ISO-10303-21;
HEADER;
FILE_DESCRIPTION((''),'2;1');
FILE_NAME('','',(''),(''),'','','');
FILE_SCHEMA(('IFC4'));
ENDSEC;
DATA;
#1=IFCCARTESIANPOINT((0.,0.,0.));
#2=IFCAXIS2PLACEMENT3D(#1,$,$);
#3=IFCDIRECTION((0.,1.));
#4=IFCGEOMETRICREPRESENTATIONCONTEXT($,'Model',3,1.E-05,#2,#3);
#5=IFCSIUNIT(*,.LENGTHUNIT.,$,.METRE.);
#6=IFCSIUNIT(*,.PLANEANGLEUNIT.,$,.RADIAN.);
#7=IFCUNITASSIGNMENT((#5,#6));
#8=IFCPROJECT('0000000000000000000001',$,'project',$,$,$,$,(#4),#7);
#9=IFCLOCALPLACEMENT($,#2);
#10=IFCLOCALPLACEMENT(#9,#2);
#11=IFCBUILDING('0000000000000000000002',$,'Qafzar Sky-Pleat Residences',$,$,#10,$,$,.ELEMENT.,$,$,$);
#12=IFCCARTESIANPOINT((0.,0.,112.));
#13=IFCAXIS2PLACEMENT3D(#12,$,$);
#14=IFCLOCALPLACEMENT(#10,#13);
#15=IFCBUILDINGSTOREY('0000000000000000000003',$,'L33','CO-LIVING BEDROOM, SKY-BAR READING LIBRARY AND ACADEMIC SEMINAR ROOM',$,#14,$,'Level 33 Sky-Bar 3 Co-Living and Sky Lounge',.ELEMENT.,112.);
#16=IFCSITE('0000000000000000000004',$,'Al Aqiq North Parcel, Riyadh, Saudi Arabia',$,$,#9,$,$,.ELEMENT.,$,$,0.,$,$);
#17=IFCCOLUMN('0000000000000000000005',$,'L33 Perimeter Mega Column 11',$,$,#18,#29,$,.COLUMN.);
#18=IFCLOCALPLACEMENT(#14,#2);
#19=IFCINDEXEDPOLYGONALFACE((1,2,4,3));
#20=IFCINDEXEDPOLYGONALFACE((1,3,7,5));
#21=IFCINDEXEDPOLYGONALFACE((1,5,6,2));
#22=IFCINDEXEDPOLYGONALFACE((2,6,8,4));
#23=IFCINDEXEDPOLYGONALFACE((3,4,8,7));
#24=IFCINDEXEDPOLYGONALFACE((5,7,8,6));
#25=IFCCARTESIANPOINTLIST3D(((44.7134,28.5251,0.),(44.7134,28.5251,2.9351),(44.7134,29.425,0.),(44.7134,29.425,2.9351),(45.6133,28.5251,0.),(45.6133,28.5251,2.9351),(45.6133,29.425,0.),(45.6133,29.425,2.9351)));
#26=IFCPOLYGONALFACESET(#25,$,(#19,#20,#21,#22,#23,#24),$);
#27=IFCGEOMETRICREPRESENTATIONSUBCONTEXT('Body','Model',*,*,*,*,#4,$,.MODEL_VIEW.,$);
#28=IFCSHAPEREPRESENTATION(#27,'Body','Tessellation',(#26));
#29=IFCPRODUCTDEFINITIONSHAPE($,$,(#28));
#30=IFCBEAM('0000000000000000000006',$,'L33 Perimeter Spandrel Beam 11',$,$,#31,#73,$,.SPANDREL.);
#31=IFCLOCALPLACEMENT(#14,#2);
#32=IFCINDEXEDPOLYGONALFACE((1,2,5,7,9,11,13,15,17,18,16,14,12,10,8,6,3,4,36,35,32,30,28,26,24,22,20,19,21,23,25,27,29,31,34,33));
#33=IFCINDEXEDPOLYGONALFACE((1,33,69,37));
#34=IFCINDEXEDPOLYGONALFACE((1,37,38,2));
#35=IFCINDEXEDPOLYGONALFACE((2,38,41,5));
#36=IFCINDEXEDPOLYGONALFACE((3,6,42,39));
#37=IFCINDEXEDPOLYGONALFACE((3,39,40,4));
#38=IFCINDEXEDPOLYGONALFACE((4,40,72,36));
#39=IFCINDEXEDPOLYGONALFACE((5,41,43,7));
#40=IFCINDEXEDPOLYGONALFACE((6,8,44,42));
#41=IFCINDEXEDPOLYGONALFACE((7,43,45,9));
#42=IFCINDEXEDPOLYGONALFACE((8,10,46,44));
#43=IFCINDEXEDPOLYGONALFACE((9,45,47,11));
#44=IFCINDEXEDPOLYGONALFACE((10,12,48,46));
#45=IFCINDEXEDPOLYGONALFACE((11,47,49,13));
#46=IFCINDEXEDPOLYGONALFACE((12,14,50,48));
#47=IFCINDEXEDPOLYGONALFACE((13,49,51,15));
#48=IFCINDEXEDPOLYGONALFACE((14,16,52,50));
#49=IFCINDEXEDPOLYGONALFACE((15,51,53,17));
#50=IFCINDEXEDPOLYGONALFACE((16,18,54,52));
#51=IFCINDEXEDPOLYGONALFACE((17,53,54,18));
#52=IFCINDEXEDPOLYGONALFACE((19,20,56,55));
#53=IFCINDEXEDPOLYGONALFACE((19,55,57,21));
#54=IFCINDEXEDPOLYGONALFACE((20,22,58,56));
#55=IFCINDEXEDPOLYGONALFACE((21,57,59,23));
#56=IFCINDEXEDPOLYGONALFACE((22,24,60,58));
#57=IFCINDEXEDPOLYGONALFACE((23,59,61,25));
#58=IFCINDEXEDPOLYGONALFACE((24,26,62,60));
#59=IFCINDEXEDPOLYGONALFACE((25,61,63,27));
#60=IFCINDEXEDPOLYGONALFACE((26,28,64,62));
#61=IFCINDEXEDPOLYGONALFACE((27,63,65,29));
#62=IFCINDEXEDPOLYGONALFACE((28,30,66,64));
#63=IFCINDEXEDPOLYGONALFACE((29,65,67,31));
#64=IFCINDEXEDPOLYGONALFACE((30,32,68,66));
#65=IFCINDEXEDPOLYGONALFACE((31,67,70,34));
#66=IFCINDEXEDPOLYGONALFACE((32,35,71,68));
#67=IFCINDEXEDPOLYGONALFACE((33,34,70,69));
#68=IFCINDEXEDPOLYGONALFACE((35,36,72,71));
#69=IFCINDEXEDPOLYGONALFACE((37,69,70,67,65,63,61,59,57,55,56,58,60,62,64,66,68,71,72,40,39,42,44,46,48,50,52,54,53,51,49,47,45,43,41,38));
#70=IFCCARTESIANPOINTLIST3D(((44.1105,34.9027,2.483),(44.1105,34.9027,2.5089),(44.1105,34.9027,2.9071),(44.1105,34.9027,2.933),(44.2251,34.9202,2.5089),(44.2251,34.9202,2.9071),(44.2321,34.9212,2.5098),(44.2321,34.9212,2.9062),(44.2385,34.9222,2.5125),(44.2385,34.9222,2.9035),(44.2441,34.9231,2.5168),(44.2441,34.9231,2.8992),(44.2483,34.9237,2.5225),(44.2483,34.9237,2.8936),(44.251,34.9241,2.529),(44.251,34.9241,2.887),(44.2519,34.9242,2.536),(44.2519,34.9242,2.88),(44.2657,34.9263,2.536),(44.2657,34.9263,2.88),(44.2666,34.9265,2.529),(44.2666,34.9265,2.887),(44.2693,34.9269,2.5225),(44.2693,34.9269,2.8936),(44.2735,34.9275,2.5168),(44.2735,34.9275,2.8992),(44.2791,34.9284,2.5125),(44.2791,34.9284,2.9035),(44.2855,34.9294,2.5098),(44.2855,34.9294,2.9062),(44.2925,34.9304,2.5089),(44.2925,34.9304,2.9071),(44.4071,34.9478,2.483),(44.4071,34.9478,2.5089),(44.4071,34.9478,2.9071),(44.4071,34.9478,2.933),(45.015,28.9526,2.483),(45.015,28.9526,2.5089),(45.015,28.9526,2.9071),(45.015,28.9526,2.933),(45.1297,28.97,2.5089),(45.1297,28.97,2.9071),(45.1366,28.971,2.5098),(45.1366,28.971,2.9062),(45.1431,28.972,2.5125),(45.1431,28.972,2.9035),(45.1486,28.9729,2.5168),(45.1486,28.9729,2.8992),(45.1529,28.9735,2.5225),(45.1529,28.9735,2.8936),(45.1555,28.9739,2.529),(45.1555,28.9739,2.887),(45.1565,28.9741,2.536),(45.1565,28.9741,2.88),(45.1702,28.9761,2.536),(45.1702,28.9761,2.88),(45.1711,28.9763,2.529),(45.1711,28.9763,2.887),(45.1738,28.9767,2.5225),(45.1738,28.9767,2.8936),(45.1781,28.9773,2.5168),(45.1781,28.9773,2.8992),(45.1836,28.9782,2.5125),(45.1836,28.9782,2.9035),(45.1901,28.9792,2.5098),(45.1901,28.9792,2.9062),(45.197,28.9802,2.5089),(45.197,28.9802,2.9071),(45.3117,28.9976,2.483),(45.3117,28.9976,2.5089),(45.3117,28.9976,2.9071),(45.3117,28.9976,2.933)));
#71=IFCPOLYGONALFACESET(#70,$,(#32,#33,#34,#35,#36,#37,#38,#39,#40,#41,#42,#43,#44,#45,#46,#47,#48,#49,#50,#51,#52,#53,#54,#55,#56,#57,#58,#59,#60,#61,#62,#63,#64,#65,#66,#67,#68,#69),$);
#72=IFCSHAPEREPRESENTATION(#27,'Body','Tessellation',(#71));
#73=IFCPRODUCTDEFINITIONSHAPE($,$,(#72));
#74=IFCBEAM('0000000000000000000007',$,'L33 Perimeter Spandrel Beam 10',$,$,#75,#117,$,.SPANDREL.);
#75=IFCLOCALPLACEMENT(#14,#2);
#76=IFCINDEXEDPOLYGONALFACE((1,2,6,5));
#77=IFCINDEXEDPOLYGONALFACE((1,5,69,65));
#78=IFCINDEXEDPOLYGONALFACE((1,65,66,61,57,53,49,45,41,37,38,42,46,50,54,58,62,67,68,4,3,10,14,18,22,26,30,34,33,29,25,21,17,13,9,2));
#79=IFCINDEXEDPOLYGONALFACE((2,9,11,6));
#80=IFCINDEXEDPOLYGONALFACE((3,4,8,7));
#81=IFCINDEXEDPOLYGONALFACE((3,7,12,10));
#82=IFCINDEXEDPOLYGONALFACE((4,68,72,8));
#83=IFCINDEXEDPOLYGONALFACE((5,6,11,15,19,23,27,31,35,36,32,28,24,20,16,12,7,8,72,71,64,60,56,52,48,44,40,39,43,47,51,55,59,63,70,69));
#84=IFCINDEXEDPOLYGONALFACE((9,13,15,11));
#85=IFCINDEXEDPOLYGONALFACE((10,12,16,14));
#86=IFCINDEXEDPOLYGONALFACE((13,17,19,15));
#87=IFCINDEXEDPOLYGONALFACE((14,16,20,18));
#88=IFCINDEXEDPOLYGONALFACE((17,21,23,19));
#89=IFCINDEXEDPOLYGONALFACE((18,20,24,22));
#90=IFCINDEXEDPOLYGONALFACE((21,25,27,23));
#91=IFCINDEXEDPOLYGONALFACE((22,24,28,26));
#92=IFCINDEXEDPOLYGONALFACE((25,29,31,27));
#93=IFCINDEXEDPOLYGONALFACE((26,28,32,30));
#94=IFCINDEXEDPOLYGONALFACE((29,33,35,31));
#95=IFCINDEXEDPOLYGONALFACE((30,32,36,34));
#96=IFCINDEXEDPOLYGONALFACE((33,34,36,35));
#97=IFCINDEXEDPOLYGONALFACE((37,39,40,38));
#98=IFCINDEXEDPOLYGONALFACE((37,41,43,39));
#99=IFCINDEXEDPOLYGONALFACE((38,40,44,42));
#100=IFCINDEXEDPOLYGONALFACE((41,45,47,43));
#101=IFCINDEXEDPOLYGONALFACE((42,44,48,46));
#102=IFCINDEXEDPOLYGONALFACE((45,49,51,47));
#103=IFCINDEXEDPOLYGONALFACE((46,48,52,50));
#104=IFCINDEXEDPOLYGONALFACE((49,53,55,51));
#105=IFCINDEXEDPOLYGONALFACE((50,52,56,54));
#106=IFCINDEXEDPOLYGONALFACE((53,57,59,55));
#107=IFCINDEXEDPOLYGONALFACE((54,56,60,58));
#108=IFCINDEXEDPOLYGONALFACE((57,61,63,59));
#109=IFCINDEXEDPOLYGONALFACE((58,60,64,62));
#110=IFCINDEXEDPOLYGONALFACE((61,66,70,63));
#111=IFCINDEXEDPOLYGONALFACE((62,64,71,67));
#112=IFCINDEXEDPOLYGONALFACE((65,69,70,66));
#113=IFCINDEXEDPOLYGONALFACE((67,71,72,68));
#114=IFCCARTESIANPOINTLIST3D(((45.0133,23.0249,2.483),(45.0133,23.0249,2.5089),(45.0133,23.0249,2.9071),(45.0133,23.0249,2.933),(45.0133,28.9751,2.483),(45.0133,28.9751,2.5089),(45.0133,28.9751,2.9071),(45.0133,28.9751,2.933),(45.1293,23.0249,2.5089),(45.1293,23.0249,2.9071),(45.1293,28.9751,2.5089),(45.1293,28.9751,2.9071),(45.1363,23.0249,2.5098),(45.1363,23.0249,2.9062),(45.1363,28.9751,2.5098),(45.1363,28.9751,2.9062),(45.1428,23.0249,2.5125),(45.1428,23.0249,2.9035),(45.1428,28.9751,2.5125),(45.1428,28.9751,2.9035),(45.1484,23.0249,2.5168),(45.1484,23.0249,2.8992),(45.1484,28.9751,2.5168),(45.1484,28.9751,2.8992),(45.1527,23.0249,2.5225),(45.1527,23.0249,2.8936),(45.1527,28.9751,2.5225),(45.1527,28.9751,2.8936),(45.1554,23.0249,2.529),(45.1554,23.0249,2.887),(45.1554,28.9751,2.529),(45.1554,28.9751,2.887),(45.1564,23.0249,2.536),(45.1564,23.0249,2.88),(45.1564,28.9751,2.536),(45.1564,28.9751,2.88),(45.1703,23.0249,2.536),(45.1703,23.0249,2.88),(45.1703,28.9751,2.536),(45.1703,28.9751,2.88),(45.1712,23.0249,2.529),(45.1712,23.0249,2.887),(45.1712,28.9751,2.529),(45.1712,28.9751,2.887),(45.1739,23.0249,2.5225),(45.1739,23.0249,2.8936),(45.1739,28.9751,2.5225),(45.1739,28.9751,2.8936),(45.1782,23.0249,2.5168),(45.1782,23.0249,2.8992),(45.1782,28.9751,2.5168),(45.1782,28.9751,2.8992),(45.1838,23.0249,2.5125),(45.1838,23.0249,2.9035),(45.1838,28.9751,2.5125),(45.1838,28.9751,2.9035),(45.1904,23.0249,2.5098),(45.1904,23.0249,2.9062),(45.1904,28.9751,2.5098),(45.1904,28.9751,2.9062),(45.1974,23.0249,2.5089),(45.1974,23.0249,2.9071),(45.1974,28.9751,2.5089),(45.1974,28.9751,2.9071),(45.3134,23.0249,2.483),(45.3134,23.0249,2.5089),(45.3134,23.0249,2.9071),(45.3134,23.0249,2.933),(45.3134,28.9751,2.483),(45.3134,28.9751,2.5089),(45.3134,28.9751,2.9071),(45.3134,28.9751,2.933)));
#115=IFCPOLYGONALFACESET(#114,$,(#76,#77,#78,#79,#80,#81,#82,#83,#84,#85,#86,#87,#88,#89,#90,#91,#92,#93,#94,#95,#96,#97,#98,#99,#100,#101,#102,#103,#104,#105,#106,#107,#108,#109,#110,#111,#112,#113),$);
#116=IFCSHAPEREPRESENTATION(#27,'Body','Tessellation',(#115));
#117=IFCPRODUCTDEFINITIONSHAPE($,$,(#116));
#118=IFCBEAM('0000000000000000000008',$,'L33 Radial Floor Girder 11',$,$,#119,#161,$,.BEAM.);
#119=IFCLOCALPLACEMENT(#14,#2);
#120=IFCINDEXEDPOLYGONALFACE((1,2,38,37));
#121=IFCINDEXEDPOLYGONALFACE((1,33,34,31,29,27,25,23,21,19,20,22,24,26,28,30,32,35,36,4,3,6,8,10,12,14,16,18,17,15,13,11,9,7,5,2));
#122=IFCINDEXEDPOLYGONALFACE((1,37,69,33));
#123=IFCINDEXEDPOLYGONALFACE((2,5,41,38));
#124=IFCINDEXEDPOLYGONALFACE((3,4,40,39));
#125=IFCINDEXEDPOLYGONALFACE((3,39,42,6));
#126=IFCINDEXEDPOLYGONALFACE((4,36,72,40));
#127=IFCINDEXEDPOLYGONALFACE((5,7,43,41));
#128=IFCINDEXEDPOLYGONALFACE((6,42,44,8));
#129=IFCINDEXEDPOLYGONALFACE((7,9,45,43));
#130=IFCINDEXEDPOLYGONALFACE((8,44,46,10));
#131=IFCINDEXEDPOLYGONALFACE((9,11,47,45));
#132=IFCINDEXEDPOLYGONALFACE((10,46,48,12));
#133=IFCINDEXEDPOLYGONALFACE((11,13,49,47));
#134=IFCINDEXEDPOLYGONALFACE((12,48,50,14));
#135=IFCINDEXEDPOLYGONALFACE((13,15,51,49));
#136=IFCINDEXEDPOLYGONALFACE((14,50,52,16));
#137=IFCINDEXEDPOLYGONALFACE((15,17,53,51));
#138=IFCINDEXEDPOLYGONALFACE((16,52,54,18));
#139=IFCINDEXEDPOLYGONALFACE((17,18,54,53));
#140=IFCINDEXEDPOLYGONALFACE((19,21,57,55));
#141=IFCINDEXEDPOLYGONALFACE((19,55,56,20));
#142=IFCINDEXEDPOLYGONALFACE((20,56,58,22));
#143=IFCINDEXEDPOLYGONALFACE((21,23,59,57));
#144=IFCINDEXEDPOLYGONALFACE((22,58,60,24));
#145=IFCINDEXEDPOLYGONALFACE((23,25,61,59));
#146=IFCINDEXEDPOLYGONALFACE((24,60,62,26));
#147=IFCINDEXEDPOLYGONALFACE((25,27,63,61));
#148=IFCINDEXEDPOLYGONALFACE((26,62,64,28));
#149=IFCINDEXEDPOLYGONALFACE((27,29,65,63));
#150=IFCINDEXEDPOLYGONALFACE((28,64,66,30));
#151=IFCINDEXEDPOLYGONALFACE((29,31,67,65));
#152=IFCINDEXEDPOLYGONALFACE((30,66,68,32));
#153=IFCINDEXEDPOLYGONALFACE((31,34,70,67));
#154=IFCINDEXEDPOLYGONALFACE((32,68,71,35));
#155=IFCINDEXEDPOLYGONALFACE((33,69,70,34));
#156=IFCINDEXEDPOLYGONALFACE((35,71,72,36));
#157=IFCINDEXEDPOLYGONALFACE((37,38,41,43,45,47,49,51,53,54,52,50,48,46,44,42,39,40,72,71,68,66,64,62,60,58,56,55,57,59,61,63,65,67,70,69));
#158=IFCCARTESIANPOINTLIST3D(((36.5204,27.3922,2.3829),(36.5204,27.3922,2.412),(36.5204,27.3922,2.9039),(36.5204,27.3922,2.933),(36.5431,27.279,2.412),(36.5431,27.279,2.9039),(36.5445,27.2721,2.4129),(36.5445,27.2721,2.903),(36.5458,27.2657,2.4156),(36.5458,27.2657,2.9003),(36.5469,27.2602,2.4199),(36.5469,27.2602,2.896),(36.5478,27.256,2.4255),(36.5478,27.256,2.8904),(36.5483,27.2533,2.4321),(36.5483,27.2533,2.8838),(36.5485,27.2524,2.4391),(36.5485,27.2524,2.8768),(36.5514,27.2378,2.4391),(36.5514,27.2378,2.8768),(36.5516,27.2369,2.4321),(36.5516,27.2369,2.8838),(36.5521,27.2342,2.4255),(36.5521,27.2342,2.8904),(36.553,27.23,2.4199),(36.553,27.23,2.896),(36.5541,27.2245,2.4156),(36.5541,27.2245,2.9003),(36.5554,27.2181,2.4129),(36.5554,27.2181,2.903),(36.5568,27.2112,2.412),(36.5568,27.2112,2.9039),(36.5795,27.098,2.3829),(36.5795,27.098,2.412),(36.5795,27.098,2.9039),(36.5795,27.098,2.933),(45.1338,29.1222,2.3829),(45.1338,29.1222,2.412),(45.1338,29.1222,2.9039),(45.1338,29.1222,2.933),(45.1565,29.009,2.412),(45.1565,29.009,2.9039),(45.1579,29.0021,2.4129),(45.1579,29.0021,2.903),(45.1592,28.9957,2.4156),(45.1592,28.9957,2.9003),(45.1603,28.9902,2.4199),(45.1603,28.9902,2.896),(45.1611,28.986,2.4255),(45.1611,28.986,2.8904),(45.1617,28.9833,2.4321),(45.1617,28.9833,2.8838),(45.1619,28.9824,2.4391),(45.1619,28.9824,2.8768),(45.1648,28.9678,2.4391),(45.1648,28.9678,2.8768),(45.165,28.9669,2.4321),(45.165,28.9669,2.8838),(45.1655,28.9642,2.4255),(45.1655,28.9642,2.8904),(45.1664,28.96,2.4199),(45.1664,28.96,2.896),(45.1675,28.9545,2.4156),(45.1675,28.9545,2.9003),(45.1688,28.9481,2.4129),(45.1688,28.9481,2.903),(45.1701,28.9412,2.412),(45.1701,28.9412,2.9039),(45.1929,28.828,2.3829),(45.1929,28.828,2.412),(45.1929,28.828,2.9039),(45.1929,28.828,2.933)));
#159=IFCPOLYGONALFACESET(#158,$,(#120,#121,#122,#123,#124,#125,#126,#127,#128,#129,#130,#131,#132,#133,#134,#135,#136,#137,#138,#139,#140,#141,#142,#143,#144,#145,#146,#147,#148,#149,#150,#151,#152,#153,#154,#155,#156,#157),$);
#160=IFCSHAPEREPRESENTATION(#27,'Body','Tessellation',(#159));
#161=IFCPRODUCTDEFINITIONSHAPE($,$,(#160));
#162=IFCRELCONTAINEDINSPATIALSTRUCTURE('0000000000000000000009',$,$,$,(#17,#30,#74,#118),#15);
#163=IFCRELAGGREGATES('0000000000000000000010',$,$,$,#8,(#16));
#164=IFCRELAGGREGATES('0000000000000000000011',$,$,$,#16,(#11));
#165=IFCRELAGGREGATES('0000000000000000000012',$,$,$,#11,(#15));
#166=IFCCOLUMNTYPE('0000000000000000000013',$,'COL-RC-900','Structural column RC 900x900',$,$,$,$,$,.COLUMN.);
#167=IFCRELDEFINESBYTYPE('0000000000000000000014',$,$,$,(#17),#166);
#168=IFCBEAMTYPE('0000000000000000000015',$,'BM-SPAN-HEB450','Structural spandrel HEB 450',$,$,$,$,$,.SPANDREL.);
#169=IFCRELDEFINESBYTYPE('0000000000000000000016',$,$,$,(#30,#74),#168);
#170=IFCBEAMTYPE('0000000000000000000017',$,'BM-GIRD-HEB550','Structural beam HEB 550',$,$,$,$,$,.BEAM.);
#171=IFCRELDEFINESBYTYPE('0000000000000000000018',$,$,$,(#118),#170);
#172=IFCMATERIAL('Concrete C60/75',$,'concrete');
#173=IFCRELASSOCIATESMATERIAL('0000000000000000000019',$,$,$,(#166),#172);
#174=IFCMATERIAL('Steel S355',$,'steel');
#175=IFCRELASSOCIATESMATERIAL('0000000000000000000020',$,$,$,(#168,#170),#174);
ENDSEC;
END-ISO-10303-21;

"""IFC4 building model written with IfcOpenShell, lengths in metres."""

from ifc_helpers import new_model, si_unit, direction, frame, origin, origin_2d, place, context, subcontext, project, spatial, rectangle, i_section, extrude, source, transform, mapped, material, material_profile, profile_set, type_object, element, save


model = new_model("IFC4")

# Units and contexts
model_context = context("Model", 3, precision=1e-05, world=origin(), true_north=direction((0.0, 1.0)))
body_context = subcontext(model_context, "Body", "Model", "MODEL_VIEW")
ifc_project = project(units=[si_unit("LENGTHUNIT", "METRE"), si_unit("PLANEANGLEUNIT", "RADIAN")], contexts=[model_context])

# Site, building, storey
site_placement = place(None, origin())
site = spatial("IfcSite", under=ifc_project, at=site_placement, Name="Al Aqiq North Parcel, Riyadh, Saudi Arabia", CompositionType="ELEMENT", RefElevation=0.0)
building_placement = place(site_placement, origin())
building = spatial("IfcBuilding", under=site, at=building_placement, Name="Qafzar Sky-Pleat Residences", CompositionType="ELEMENT")
storey_placement = place(building_placement, frame((0.0, 0.0, 112.0)))
storey = spatial("IfcBuildingStorey", under=building, at=storey_placement, Name="L33", Description="CO-LIVING BEDROOM, SKY-BAR READING LIBRARY AND ACADEMIC SEMINAR ROOM", LongName="Level 33 Sky-Bar 3 Co-Living and Sky Lounge", CompositionType="ELEMENT", Elevation=112.0)

# Column
ifc_material_1 = material(Name="Concrete C60/75", Category="concrete")
ifc_material_profile_1 = material_profile(ifc_material_1, rectangle(XDim=0.8999, YDim=0.8999, at=origin_2d()), Name="RC 900x900")
ifc_profile_set_1 = profile_set([ifc_material_profile_1], Name="Concrete C60/75")
column_type = type_object("IfcColumnType", Name="COL-RC-900", Description="Structural column RC 900x900", PredefinedType="COLUMN", material=ifc_profile_set_1)
shared_shape_1 = source(origin(), body_context, "Body", "SweptSolid", [
    extrude(rectangle(XDim=0.8999, YDim=0.8999, at=origin_2d()), origin(), (0.0, 0.0, 1.0), 2.9351),
])
column_placement = place(storey_placement, frame((45.1633, 28.9751, 0.0), z_axis=(0.0, 0.0, 1.0), x_axis=(1.0, 0.0, 0.0)))
element("IfcColumn", 1, at=column_placement, inside=storey, type_object=column_type, Name="L33 Perimeter Mega Column 11", PredefinedType="COLUMN", context=body_context, shape_type="MappedRepresentation", body=[
    mapped(shared_shape_1, transform((0.0, 0.0, 0.0), x_axis=(1.0, 0.0, 0.0), y_axis=(0.0, 1.0, 0.0), z_axis=(0.0, 0.0, 1.0), scale=1.0)),
])

# Beams
ifc_material_2 = material(Name="Steel S355", Category="steel")
ifc_material_profile_2 = material_profile(ifc_material_2, i_section(OverallWidth=0.3, OverallDepth=0.45, WebThickness=0.0139, FlangeThickness=0.0259, FilletRadius=0.0271, at=origin_2d()), Name="HEB 450")
ifc_profile_set_2 = profile_set([ifc_material_profile_2], Name="Steel S355")
beam_type_1 = type_object("IfcBeamType", Name="BM-SPAN-HEB450", Description="Structural spandrel HEB 450", PredefinedType="SPANDREL", material=ifc_profile_set_2)
shared_shape_2 = source(origin(), body_context, "Body", "SweptSolid", [
    extrude(i_section(OverallWidth=0.3, OverallDepth=0.45, WebThickness=0.0139, FlangeThickness=0.0259, FilletRadius=0.0271, at=origin_2d()), origin(), (0.0, 0.0, 1.0), 6.0186),
])
beam_1_placement = place(storey_placement, frame((45.1633, 28.9751, 2.708), z_axis=(-0.150292, 0.988642, 0.0), x_axis=(-0.988642, -0.150292, 0.0)))
element("IfcBeam", 2, at=beam_1_placement, inside=storey, type_object=beam_type_1, Name="L33 Perimeter Spandrel Beam 11", PredefinedType="SPANDREL", context=body_context, shape_type="MappedRepresentation", body=[
    mapped(shared_shape_2, transform((0.0, 0.0, 0.0), x_axis=(1.0, 0.0, 0.0), y_axis=(0.0, 1.0, 0.0), z_axis=(0.0, 0.0, 1.0), scale=1.0)),
])
shared_shape_3 = source(origin(), body_context, "Body", "SweptSolid", [
    extrude(i_section(OverallWidth=0.3, OverallDepth=0.45, WebThickness=0.0139, FlangeThickness=0.0259, FilletRadius=0.0271, at=origin_2d()), origin(), (0.0, 0.0, 1.0), 5.9502),
])
beam_2_placement = place(storey_placement, frame((45.1633, 23.0249, 2.708), z_axis=(0.0, 1.0, 0.0), x_axis=(-1.0, 0.0, 0.0)))
element("IfcBeam", 3, at=beam_2_placement, inside=storey, type_object=beam_type_1, Name="L33 Perimeter Spandrel Beam 10", PredefinedType="SPANDREL", context=body_context, shape_type="MappedRepresentation", body=[
    mapped(shared_shape_3, transform((0.0, 0.0, 0.0), x_axis=(1.0, 0.0, 0.0), y_axis=(0.0, 1.0, 0.0), z_axis=(0.0, 0.0, 1.0), scale=1.0)),
])
ifc_material_profile_3 = material_profile(ifc_material_2, i_section(OverallWidth=0.3, OverallDepth=0.55, WebThickness=0.0149, FlangeThickness=0.0291, FilletRadius=0.0271, at=origin_2d()), Name="HEB 550")
ifc_profile_set_3 = profile_set([ifc_material_profile_3], Name="Steel S355")
beam_type_2 = type_object("IfcBeamType", Name="BM-GIRD-HEB550", Description="Structural beam HEB 550", PredefinedType="BEAM", material=ifc_profile_set_3)
shared_shape_4 = source(origin(), body_context, "Body", "SweptSolid", [
    extrude(i_section(OverallWidth=0.3, OverallDepth=0.55, WebThickness=0.0149, FlangeThickness=0.0291, FilletRadius=0.0271, at=origin_2d()), origin(), (0.0, 0.0, 1.0), 8.7854),
])
beam_3_placement = place(storey_placement, frame((45.1633, 28.9751, 2.658), z_axis=(-0.98042, -0.196918, 0.0), x_axis=(0.196918, -0.98042, 0.0)))
element("IfcBeam", 4, at=beam_3_placement, inside=storey, type_object=beam_type_2, Name="L33 Radial Floor Girder 11", PredefinedType="BEAM", context=body_context, shape_type="MappedRepresentation", body=[
    mapped(shared_shape_4, transform((0.0, 0.0, 0.0), x_axis=(1.0, 0.0, 0.0), y_axis=(0.0, 1.0, 0.0), z_axis=(0.0, 0.0, 1.0), scale=1.0)),
])

save(model, "model.ifc")
